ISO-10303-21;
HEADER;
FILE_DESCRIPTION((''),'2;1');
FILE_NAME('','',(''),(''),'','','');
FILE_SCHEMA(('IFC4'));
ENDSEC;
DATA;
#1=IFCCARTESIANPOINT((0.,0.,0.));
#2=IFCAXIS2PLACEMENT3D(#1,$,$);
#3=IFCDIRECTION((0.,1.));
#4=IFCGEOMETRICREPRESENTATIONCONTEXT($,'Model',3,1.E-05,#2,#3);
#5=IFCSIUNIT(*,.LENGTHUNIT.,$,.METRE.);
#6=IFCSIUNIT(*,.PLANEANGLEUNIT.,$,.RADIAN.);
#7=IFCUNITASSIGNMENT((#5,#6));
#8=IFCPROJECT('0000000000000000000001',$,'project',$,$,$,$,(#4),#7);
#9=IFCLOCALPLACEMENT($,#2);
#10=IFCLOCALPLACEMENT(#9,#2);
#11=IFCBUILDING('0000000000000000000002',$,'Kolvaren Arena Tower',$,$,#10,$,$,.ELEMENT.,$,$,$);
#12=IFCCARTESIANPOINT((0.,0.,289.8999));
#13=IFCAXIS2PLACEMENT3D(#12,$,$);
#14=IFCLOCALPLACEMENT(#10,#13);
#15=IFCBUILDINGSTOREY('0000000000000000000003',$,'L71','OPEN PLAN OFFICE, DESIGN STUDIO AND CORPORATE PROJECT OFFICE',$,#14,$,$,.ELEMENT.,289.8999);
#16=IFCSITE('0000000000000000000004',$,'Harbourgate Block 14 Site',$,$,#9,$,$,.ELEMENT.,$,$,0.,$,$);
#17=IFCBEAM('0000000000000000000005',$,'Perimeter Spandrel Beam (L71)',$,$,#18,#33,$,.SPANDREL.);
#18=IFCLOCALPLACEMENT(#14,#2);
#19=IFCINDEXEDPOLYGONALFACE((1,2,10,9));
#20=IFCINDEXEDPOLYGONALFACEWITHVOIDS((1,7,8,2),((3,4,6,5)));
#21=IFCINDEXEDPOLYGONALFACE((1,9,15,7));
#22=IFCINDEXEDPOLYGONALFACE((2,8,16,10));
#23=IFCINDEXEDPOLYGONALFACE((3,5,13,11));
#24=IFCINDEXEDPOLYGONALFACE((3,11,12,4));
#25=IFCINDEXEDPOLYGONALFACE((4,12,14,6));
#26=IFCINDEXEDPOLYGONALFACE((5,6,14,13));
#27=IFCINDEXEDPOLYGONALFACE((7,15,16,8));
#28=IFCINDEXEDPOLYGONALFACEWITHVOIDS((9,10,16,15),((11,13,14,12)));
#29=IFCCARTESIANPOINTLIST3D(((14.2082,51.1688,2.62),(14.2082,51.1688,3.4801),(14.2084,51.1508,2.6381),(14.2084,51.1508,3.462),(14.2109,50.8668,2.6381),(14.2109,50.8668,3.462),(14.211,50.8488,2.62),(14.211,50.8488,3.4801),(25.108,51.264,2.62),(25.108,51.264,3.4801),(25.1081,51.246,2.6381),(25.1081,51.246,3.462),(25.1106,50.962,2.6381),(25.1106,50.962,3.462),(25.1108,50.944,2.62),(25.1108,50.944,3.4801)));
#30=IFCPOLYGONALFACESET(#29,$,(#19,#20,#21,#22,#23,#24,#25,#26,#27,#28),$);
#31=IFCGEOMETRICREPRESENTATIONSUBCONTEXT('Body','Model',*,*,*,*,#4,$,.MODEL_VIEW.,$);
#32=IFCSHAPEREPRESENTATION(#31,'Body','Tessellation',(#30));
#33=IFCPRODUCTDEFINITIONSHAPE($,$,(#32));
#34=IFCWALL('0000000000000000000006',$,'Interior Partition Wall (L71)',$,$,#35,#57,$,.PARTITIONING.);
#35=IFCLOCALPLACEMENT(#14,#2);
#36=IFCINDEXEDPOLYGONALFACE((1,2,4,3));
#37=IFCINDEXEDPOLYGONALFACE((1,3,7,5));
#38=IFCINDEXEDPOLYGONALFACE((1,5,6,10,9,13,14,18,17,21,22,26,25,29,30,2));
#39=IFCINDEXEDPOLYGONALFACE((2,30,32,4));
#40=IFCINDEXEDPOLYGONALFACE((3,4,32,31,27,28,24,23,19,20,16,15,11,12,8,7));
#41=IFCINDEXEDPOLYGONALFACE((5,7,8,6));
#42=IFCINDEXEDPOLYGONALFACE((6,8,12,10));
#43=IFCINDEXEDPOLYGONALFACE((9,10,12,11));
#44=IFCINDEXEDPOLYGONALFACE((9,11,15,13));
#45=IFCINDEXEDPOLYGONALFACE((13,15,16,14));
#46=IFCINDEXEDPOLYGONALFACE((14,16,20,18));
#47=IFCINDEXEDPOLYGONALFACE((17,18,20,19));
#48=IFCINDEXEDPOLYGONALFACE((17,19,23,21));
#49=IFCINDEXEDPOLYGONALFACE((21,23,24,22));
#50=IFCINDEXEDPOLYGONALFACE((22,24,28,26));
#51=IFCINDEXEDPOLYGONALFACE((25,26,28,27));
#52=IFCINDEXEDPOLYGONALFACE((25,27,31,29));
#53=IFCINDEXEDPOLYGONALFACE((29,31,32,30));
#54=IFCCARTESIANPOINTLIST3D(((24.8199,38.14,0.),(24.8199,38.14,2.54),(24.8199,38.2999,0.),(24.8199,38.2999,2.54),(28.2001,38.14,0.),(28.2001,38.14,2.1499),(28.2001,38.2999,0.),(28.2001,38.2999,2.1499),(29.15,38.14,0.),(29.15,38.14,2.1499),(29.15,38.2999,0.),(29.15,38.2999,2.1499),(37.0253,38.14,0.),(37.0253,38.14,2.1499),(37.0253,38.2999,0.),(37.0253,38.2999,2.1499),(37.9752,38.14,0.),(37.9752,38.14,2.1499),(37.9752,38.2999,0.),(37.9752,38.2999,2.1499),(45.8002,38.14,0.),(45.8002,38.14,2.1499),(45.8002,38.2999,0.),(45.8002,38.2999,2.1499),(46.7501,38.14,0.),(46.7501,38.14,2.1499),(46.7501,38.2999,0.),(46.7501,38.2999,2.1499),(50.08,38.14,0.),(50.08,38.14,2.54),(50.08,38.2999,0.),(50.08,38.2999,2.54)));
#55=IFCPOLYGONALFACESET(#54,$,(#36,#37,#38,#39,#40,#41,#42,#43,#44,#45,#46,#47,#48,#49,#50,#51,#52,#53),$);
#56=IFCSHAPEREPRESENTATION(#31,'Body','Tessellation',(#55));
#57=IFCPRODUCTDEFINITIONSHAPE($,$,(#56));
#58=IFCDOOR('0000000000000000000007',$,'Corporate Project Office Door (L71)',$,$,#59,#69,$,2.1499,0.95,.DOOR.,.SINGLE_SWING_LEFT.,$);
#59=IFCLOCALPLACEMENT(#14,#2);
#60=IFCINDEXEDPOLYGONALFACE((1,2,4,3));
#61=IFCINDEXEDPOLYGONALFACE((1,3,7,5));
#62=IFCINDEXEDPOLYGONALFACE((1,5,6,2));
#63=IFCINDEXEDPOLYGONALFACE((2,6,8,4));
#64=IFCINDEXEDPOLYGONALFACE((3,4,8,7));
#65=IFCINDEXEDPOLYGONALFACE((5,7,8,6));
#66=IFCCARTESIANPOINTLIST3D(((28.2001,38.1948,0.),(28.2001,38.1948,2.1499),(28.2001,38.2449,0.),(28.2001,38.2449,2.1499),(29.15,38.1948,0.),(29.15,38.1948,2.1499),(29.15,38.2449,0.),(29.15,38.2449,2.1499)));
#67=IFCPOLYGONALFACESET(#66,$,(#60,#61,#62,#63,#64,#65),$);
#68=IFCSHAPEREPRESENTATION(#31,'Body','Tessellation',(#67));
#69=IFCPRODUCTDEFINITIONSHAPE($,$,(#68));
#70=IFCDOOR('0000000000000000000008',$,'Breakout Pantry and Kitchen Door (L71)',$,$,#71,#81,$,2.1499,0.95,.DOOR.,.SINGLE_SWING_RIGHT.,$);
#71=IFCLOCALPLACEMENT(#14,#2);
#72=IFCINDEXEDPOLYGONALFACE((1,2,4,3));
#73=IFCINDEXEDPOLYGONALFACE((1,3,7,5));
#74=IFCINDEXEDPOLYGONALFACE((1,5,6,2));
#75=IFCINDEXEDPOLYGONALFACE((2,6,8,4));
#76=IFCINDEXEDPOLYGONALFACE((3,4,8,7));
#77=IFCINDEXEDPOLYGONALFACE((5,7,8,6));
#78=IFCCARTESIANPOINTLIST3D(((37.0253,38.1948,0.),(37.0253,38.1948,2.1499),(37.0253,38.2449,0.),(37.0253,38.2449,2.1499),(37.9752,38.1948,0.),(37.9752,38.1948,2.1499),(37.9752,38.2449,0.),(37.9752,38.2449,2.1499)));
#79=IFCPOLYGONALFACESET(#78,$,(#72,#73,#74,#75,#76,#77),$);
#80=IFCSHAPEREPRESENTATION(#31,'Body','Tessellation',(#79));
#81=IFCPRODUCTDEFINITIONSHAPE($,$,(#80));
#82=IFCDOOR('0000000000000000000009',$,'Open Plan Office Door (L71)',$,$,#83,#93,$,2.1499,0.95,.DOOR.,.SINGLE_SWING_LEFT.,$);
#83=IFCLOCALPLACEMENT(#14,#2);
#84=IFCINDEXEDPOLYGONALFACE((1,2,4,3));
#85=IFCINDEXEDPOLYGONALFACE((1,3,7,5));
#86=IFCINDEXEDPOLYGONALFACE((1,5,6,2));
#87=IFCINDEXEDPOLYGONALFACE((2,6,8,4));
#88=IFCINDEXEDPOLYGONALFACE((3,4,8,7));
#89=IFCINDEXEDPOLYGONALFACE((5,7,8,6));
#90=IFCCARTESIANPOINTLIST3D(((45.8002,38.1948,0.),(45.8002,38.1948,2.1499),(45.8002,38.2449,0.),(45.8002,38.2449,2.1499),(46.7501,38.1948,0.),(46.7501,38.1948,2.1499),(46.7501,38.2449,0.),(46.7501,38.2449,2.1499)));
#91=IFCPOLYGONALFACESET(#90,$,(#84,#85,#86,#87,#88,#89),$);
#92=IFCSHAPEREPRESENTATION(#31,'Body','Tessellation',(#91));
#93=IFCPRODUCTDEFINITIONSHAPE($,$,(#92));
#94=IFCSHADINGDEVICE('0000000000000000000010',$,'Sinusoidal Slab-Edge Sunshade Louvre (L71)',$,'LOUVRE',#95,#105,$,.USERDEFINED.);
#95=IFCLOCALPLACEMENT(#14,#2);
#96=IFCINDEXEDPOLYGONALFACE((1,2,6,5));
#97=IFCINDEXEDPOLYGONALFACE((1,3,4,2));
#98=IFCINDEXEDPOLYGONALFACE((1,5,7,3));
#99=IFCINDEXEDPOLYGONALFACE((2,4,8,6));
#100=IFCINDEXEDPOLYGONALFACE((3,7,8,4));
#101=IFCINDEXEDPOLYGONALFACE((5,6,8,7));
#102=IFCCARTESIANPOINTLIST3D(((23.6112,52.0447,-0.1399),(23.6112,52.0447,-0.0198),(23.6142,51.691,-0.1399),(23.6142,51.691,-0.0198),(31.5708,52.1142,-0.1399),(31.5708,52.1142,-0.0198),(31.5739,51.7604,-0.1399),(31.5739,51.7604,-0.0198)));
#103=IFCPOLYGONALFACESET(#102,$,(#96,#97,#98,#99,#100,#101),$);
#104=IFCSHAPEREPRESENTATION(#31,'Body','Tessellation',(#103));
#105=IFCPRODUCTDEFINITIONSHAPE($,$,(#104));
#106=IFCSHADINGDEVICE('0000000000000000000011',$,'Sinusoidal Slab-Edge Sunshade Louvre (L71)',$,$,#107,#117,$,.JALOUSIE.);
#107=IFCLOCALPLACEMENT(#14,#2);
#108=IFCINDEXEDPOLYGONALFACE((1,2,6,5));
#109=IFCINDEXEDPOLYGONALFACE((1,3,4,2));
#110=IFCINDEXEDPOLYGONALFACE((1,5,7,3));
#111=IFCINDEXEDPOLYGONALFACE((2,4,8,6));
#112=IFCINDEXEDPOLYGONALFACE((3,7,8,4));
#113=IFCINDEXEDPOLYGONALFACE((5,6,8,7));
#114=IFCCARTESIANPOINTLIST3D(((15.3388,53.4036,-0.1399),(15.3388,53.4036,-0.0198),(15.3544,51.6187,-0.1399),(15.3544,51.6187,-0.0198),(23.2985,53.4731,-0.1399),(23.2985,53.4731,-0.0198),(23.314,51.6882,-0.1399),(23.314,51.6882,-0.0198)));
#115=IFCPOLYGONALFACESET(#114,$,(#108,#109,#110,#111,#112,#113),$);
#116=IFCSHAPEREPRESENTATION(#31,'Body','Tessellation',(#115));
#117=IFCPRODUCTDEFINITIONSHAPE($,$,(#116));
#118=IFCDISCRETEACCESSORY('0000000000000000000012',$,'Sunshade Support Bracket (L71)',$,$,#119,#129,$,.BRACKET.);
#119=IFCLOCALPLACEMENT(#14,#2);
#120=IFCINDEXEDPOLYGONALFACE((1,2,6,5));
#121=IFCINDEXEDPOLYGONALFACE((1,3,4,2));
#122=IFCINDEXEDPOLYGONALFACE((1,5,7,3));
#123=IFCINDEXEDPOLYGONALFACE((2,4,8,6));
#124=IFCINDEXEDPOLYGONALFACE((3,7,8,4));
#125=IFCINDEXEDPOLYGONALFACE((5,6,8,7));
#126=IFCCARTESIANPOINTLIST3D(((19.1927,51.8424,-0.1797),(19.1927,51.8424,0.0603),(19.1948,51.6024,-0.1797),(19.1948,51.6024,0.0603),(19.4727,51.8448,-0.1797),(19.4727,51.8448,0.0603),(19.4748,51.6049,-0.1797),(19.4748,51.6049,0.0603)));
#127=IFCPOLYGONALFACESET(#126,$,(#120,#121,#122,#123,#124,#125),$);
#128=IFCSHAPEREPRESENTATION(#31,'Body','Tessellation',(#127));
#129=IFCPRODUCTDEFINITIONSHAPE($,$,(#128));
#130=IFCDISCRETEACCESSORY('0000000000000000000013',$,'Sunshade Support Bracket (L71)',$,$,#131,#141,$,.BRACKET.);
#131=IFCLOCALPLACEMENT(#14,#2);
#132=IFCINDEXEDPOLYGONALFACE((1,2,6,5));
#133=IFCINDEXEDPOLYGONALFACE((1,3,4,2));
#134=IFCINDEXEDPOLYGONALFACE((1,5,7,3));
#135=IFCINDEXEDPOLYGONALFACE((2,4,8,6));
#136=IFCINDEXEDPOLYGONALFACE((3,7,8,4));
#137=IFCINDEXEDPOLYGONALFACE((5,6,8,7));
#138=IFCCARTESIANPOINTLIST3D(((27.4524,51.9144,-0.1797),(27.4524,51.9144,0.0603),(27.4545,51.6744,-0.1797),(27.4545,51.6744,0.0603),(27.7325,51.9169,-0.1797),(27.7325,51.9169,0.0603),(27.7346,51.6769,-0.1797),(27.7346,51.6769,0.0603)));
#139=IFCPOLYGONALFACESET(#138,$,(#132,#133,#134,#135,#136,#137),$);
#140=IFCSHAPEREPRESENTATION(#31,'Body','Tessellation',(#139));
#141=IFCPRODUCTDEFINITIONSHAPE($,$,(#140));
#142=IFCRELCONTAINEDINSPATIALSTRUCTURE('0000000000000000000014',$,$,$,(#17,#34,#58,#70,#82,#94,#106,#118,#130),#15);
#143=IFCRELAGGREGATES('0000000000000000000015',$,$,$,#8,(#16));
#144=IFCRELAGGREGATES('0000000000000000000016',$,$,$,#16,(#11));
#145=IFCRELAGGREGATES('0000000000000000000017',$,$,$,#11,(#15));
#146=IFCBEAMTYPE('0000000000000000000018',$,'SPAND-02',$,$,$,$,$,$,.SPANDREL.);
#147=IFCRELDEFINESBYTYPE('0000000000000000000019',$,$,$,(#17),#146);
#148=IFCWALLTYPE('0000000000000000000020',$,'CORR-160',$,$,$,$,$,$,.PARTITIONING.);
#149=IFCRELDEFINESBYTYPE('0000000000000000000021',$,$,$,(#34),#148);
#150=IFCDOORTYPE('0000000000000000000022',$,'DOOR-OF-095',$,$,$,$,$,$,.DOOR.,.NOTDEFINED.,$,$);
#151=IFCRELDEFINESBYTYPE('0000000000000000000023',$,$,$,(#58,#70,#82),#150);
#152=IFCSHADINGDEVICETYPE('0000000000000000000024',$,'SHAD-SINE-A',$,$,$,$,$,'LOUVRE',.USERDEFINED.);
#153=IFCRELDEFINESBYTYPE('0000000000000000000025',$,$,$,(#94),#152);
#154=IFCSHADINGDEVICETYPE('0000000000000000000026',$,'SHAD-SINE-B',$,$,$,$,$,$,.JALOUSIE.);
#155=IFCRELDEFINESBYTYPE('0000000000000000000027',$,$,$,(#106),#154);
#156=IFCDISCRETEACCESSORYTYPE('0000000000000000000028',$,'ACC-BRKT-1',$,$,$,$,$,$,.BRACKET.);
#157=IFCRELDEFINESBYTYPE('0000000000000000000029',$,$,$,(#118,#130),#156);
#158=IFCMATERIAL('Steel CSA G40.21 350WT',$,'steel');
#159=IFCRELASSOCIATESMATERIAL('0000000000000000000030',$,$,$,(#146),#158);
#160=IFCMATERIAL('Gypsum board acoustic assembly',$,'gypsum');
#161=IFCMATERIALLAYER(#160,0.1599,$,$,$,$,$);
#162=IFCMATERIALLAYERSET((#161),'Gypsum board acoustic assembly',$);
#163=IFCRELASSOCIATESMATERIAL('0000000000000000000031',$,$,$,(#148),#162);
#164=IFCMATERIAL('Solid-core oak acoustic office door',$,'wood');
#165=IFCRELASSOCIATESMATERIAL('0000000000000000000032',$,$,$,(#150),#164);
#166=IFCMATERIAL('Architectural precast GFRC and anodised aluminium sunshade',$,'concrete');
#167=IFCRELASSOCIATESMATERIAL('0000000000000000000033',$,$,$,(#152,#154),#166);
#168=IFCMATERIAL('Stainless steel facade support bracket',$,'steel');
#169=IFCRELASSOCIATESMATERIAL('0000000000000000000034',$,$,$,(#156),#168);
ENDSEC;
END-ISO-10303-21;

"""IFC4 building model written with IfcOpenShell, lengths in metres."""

from ifc_helpers import new_model, si_unit, direction, frame, frame_2d, origin, origin_2d, place, context, subcontext, project, spatial, rectangle, hollow_rectangle, extrude, material, layer, layer_set, material_profile, profile_set, type_object, element, fill, save


model = new_model("IFC4")

# Units and contexts
model_context = context("Model", 3, precision=1e-05, world=origin(), true_north=direction((0.0, 1.0)))
body_context = subcontext(model_context, "Body", "Model", "MODEL_VIEW")
ifc_project = project(units=[si_unit("LENGTHUNIT", "METRE"), si_unit("PLANEANGLEUNIT", "RADIAN")], contexts=[model_context])

# Site, building, storey
site_placement = place(None, origin())
site = spatial("IfcSite", under=ifc_project, at=site_placement, Name="Harbourgate Block 14 Site", CompositionType="ELEMENT", RefElevation=0.0)
building_placement = place(site_placement, origin())
building = spatial("IfcBuilding", under=site, at=building_placement, Name="Kolvaren Arena Tower", CompositionType="ELEMENT")
storey_placement = place(building_placement, frame((0.0, 0.0, 289.8999)))
storey = spatial("IfcBuildingStorey", under=building, at=storey_placement, Name="L71", Description="OPEN PLAN OFFICE, DESIGN STUDIO AND CORPORATE PROJECT OFFICE", CompositionType="ELEMENT", Elevation=289.8999)

# Beam
ifc_material_1 = material(Name="Steel CSA G40.21 350WT", Category="steel")
ifc_material_profile_1 = material_profile(ifc_material_1, hollow_rectangle(XDim=0.3201, YDim=0.8601, WallThickness=0.0181, at=origin_2d()), Name="HSS 860x320x18")
ifc_profile_set_1 = profile_set([ifc_material_profile_1], Name="Steel CSA G40.21 350WT")
beam_type_1 = type_object("IfcBeamType", Name="SPAND-02", PredefinedType="SPANDREL", material=ifc_profile_set_1)
beam_1_placement = place(storey_placement, frame((25.1094, 51.104, 3.05), z_axis=(-0.999962, -0.008735, 0.0), x_axis=(0.008735, -0.999962, 0.0)))
element("IfcBeam", 1, at=beam_1_placement, inside=storey, type_object=beam_type_1, Name="Perimeter Spandrel Beam (L71)", PredefinedType="SPANDREL", context=body_context, shape_type="SweptSolid", body=[
    extrude(hollow_rectangle(XDim=0.3201, YDim=0.8601, WallThickness=0.0181, at=origin_2d()), origin(), (0.0, 0.0, 1.0), 10.9001),
])

# Wall, openings, doors
ifc_material_2 = material(Name="Gypsum board acoustic assembly", Category="gypsum")
ifc_layer = layer(ifc_material_2, 0.1599)
ifc_layer_set = layer_set([ifc_layer], Name="Gypsum board acoustic assembly")
wall_type = type_object("IfcWallType", Name="CORR-160", PredefinedType="PARTITIONING", material=ifc_layer_set)
wall_1_placement = place(storey_placement, frame((24.8201, 38.22, 0.0), z_axis=(0.0, 0.0, 1.0), x_axis=(1.0, 0.0, 0.0)))
wall_1 = element("IfcWall", 2, at=wall_1_placement, inside=storey, type_object=wall_type, Name="Interior Partition Wall (L71)", PredefinedType="PARTITIONING", context=body_context, shape_type="SweptSolid", body=[
    extrude(rectangle(XDim=25.26, YDim=0.1599, at=frame_2d((12.6299, 0.0))), origin(), (0.0, 0.0, 1.0), 2.54),
])
opening_1_placement = place(wall_1_placement, frame((3.3799, 0.0, 0.0)))
opening_1 = element("IfcOpeningElement", 3, at=opening_1_placement, cuts=wall_1, PredefinedType="OPENING", context=body_context, shape_type="SweptSolid", body=[
    extrude(rectangle(XDim=0.95, YDim=2.1499, at=frame_2d((0.4751, 1.075))), frame((0.0, 0.0898, 0.0), z_axis=(0.0, -1.0, 0.0), x_axis=(1.0, 0.0, 0.0)), (0.0, 0.0, 1.0), 0.1799),
])
opening_2_placement = place(wall_1_placement, frame((12.2051, 0.0, 0.0)))
opening_2 = element("IfcOpeningElement", 4, at=opening_2_placement, cuts=wall_1, PredefinedType="OPENING", context=body_context, shape_type="SweptSolid", body=[
    extrude(rectangle(XDim=0.95, YDim=2.1499, at=frame_2d((0.4751, 1.075))), frame((0.0, 0.0898, 0.0), z_axis=(0.0, -1.0, 0.0), x_axis=(1.0, 0.0, 0.0)), (0.0, 0.0, 1.0), 0.1799),
])
opening_3_placement = place(wall_1_placement, frame((20.98, 0.0, 0.0)))
opening_3 = element("IfcOpeningElement", 5, at=opening_3_placement, cuts=wall_1, PredefinedType="OPENING", context=body_context, shape_type="SweptSolid", body=[
    extrude(rectangle(XDim=0.95, YDim=2.1499, at=frame_2d((0.4751, 1.075))), frame((0.0, 0.0898, 0.0), z_axis=(0.0, -1.0, 0.0), x_axis=(1.0, 0.0, 0.0)), (0.0, 0.0, 1.0), 0.1799),
])
ifc_material_3 = material(Name="Solid-core oak acoustic office door", Category="wood")
door_type = type_object("IfcDoorType", Name="DOOR-OF-095", OperationType="NOTDEFINED", PredefinedType="DOOR", material=ifc_material_3)
door_1_placement = place(opening_1_placement, origin())
door_1 = element("IfcDoor", 6, at=door_1_placement, inside=storey, type_object=door_type, Name="Corporate Project Office Door (L71)", OperationType="SINGLE_SWING_LEFT", OverallHeight=2.1499, OverallWidth=0.95, PredefinedType="DOOR", context=body_context, shape_type="SweptSolid", body=[
    extrude(rectangle(XDim=0.95, YDim=2.1499, at=frame_2d((0.4751, 1.075))), frame((0.0, 0.0249, 0.0), z_axis=(0.0, -1.0, 0.0), x_axis=(1.0, 0.0, 0.0)), (0.0, 0.0, 1.0), 0.05),
])
fill(opening_1, door_1)
door_2_placement = place(opening_2_placement, origin())
door_2 = element("IfcDoor", 7, at=door_2_placement, inside=storey, type_object=door_type, Name="Breakout Pantry and Kitchen Door (L71)", OperationType="SINGLE_SWING_RIGHT", OverallHeight=2.1499, OverallWidth=0.95, PredefinedType="DOOR", context=body_context, shape_type="SweptSolid", body=[
    extrude(rectangle(XDim=0.95, YDim=2.1499, at=frame_2d((0.4751, 1.075))), frame((0.0, 0.0249, 0.0), z_axis=(0.0, -1.0, 0.0), x_axis=(1.0, 0.0, 0.0)), (0.0, 0.0, 1.0), 0.05),
])
fill(opening_2, door_2)
door_3_placement = place(opening_3_placement, origin())
door_3 = element("IfcDoor", 8, at=door_3_placement, inside=storey, type_object=door_type, Name="Open Plan Office Door (L71)", OperationType="SINGLE_SWING_LEFT", OverallHeight=2.1499, OverallWidth=0.95, PredefinedType="DOOR", context=body_context, shape_type="SweptSolid", body=[
    extrude(rectangle(XDim=0.95, YDim=2.1499, at=frame_2d((0.4751, 1.075))), frame((0.0, 0.0249, 0.0), z_axis=(0.0, -1.0, 0.0), x_axis=(1.0, 0.0, 0.0)), (0.0, 0.0, 1.0), 0.05),
])
fill(opening_3, door_3)

# Shading devices
ifc_material_4 = material(Name="Architectural precast GFRC and anodised aluminium sunshade", Category="concrete")
shading_device_type_1 = type_object("IfcShadingDeviceType", Name="SHAD-SINE-A", ElementType="LOUVRE", PredefinedType="USERDEFINED", material=ifc_material_4)
shading_device_1_placement = place(storey_placement, frame((27.5925, 51.9026, -0.1399), z_axis=(0.0, 0.0, 1.0), x_axis=(0.999962, 0.008727, 0.0)))
element("IfcShadingDevice", 9, at=shading_device_1_placement, inside=storey, type_object=shading_device_type_1, Name="Sinusoidal Slab-Edge Sunshade Louvre (L71)", ObjectType="LOUVRE", PredefinedType="USERDEFINED", context=body_context, shape_type="SweptSolid", body=[
    extrude(rectangle(XDim=7.96, YDim=0.3538, at=origin_2d()), origin(), (0.0, 0.0, 1.0), 0.1201),
])
shading_device_type_2 = type_object("IfcShadingDeviceType", Name="SHAD-SINE-B", PredefinedType="JALOUSIE", material=ifc_material_4)
shading_device_2_placement = place(storey_placement, frame((19.3264, 52.5459, -0.1399), z_axis=(0.0, 0.0, 1.0), x_axis=(0.999962, 0.008727, 0.0)))
element("IfcShadingDevice", 10, at=shading_device_2_placement, inside=storey, type_object=shading_device_type_2, Name="Sinusoidal Slab-Edge Sunshade Louvre (L71)", PredefinedType="JALOUSIE", context=body_context, shape_type="SweptSolid", body=[
    extrude(rectangle(XDim=7.96, YDim=1.7849, at=origin_2d()), origin(), (0.0, 0.0, 1.0), 0.1201),
])

# Discrete accessories
ifc_material_5 = material(Name="Stainless steel facade support bracket", Category="steel")
discrete_accessory_type = type_object("IfcDiscreteAccessoryType", Name="ACC-BRKT-1", PredefinedType="BRACKET", material=ifc_material_5)
for number, where, z_axis, x_axis, name in (
    (11, (19.3337, 51.7236, -0.1797), (0.0, 0.0, 1.0), (0.999962, 0.008727, 0.0), "Sunshade Support Bracket (L71)"),
    (12, (27.5935, 51.7957, -0.1797), (0.0, 0.0, 1.0), (0.999962, 0.008727, 0.0), "Sunshade Support Bracket (L71)"),
):
    element("IfcDiscreteAccessory", number, at=place(storey_placement, frame(where, z_axis=z_axis, x_axis=x_axis)), inside=storey, type_object=discrete_accessory_type, Name=name, PredefinedType="BRACKET", context=body_context, shape_type="SweptSolid", body=[
        extrude(rectangle(XDim=0.28, YDim=0.24, at=origin_2d()), origin(), (0.0, 0.0, 1.0), 0.24),
    ])

save(model, "model.ifc")
